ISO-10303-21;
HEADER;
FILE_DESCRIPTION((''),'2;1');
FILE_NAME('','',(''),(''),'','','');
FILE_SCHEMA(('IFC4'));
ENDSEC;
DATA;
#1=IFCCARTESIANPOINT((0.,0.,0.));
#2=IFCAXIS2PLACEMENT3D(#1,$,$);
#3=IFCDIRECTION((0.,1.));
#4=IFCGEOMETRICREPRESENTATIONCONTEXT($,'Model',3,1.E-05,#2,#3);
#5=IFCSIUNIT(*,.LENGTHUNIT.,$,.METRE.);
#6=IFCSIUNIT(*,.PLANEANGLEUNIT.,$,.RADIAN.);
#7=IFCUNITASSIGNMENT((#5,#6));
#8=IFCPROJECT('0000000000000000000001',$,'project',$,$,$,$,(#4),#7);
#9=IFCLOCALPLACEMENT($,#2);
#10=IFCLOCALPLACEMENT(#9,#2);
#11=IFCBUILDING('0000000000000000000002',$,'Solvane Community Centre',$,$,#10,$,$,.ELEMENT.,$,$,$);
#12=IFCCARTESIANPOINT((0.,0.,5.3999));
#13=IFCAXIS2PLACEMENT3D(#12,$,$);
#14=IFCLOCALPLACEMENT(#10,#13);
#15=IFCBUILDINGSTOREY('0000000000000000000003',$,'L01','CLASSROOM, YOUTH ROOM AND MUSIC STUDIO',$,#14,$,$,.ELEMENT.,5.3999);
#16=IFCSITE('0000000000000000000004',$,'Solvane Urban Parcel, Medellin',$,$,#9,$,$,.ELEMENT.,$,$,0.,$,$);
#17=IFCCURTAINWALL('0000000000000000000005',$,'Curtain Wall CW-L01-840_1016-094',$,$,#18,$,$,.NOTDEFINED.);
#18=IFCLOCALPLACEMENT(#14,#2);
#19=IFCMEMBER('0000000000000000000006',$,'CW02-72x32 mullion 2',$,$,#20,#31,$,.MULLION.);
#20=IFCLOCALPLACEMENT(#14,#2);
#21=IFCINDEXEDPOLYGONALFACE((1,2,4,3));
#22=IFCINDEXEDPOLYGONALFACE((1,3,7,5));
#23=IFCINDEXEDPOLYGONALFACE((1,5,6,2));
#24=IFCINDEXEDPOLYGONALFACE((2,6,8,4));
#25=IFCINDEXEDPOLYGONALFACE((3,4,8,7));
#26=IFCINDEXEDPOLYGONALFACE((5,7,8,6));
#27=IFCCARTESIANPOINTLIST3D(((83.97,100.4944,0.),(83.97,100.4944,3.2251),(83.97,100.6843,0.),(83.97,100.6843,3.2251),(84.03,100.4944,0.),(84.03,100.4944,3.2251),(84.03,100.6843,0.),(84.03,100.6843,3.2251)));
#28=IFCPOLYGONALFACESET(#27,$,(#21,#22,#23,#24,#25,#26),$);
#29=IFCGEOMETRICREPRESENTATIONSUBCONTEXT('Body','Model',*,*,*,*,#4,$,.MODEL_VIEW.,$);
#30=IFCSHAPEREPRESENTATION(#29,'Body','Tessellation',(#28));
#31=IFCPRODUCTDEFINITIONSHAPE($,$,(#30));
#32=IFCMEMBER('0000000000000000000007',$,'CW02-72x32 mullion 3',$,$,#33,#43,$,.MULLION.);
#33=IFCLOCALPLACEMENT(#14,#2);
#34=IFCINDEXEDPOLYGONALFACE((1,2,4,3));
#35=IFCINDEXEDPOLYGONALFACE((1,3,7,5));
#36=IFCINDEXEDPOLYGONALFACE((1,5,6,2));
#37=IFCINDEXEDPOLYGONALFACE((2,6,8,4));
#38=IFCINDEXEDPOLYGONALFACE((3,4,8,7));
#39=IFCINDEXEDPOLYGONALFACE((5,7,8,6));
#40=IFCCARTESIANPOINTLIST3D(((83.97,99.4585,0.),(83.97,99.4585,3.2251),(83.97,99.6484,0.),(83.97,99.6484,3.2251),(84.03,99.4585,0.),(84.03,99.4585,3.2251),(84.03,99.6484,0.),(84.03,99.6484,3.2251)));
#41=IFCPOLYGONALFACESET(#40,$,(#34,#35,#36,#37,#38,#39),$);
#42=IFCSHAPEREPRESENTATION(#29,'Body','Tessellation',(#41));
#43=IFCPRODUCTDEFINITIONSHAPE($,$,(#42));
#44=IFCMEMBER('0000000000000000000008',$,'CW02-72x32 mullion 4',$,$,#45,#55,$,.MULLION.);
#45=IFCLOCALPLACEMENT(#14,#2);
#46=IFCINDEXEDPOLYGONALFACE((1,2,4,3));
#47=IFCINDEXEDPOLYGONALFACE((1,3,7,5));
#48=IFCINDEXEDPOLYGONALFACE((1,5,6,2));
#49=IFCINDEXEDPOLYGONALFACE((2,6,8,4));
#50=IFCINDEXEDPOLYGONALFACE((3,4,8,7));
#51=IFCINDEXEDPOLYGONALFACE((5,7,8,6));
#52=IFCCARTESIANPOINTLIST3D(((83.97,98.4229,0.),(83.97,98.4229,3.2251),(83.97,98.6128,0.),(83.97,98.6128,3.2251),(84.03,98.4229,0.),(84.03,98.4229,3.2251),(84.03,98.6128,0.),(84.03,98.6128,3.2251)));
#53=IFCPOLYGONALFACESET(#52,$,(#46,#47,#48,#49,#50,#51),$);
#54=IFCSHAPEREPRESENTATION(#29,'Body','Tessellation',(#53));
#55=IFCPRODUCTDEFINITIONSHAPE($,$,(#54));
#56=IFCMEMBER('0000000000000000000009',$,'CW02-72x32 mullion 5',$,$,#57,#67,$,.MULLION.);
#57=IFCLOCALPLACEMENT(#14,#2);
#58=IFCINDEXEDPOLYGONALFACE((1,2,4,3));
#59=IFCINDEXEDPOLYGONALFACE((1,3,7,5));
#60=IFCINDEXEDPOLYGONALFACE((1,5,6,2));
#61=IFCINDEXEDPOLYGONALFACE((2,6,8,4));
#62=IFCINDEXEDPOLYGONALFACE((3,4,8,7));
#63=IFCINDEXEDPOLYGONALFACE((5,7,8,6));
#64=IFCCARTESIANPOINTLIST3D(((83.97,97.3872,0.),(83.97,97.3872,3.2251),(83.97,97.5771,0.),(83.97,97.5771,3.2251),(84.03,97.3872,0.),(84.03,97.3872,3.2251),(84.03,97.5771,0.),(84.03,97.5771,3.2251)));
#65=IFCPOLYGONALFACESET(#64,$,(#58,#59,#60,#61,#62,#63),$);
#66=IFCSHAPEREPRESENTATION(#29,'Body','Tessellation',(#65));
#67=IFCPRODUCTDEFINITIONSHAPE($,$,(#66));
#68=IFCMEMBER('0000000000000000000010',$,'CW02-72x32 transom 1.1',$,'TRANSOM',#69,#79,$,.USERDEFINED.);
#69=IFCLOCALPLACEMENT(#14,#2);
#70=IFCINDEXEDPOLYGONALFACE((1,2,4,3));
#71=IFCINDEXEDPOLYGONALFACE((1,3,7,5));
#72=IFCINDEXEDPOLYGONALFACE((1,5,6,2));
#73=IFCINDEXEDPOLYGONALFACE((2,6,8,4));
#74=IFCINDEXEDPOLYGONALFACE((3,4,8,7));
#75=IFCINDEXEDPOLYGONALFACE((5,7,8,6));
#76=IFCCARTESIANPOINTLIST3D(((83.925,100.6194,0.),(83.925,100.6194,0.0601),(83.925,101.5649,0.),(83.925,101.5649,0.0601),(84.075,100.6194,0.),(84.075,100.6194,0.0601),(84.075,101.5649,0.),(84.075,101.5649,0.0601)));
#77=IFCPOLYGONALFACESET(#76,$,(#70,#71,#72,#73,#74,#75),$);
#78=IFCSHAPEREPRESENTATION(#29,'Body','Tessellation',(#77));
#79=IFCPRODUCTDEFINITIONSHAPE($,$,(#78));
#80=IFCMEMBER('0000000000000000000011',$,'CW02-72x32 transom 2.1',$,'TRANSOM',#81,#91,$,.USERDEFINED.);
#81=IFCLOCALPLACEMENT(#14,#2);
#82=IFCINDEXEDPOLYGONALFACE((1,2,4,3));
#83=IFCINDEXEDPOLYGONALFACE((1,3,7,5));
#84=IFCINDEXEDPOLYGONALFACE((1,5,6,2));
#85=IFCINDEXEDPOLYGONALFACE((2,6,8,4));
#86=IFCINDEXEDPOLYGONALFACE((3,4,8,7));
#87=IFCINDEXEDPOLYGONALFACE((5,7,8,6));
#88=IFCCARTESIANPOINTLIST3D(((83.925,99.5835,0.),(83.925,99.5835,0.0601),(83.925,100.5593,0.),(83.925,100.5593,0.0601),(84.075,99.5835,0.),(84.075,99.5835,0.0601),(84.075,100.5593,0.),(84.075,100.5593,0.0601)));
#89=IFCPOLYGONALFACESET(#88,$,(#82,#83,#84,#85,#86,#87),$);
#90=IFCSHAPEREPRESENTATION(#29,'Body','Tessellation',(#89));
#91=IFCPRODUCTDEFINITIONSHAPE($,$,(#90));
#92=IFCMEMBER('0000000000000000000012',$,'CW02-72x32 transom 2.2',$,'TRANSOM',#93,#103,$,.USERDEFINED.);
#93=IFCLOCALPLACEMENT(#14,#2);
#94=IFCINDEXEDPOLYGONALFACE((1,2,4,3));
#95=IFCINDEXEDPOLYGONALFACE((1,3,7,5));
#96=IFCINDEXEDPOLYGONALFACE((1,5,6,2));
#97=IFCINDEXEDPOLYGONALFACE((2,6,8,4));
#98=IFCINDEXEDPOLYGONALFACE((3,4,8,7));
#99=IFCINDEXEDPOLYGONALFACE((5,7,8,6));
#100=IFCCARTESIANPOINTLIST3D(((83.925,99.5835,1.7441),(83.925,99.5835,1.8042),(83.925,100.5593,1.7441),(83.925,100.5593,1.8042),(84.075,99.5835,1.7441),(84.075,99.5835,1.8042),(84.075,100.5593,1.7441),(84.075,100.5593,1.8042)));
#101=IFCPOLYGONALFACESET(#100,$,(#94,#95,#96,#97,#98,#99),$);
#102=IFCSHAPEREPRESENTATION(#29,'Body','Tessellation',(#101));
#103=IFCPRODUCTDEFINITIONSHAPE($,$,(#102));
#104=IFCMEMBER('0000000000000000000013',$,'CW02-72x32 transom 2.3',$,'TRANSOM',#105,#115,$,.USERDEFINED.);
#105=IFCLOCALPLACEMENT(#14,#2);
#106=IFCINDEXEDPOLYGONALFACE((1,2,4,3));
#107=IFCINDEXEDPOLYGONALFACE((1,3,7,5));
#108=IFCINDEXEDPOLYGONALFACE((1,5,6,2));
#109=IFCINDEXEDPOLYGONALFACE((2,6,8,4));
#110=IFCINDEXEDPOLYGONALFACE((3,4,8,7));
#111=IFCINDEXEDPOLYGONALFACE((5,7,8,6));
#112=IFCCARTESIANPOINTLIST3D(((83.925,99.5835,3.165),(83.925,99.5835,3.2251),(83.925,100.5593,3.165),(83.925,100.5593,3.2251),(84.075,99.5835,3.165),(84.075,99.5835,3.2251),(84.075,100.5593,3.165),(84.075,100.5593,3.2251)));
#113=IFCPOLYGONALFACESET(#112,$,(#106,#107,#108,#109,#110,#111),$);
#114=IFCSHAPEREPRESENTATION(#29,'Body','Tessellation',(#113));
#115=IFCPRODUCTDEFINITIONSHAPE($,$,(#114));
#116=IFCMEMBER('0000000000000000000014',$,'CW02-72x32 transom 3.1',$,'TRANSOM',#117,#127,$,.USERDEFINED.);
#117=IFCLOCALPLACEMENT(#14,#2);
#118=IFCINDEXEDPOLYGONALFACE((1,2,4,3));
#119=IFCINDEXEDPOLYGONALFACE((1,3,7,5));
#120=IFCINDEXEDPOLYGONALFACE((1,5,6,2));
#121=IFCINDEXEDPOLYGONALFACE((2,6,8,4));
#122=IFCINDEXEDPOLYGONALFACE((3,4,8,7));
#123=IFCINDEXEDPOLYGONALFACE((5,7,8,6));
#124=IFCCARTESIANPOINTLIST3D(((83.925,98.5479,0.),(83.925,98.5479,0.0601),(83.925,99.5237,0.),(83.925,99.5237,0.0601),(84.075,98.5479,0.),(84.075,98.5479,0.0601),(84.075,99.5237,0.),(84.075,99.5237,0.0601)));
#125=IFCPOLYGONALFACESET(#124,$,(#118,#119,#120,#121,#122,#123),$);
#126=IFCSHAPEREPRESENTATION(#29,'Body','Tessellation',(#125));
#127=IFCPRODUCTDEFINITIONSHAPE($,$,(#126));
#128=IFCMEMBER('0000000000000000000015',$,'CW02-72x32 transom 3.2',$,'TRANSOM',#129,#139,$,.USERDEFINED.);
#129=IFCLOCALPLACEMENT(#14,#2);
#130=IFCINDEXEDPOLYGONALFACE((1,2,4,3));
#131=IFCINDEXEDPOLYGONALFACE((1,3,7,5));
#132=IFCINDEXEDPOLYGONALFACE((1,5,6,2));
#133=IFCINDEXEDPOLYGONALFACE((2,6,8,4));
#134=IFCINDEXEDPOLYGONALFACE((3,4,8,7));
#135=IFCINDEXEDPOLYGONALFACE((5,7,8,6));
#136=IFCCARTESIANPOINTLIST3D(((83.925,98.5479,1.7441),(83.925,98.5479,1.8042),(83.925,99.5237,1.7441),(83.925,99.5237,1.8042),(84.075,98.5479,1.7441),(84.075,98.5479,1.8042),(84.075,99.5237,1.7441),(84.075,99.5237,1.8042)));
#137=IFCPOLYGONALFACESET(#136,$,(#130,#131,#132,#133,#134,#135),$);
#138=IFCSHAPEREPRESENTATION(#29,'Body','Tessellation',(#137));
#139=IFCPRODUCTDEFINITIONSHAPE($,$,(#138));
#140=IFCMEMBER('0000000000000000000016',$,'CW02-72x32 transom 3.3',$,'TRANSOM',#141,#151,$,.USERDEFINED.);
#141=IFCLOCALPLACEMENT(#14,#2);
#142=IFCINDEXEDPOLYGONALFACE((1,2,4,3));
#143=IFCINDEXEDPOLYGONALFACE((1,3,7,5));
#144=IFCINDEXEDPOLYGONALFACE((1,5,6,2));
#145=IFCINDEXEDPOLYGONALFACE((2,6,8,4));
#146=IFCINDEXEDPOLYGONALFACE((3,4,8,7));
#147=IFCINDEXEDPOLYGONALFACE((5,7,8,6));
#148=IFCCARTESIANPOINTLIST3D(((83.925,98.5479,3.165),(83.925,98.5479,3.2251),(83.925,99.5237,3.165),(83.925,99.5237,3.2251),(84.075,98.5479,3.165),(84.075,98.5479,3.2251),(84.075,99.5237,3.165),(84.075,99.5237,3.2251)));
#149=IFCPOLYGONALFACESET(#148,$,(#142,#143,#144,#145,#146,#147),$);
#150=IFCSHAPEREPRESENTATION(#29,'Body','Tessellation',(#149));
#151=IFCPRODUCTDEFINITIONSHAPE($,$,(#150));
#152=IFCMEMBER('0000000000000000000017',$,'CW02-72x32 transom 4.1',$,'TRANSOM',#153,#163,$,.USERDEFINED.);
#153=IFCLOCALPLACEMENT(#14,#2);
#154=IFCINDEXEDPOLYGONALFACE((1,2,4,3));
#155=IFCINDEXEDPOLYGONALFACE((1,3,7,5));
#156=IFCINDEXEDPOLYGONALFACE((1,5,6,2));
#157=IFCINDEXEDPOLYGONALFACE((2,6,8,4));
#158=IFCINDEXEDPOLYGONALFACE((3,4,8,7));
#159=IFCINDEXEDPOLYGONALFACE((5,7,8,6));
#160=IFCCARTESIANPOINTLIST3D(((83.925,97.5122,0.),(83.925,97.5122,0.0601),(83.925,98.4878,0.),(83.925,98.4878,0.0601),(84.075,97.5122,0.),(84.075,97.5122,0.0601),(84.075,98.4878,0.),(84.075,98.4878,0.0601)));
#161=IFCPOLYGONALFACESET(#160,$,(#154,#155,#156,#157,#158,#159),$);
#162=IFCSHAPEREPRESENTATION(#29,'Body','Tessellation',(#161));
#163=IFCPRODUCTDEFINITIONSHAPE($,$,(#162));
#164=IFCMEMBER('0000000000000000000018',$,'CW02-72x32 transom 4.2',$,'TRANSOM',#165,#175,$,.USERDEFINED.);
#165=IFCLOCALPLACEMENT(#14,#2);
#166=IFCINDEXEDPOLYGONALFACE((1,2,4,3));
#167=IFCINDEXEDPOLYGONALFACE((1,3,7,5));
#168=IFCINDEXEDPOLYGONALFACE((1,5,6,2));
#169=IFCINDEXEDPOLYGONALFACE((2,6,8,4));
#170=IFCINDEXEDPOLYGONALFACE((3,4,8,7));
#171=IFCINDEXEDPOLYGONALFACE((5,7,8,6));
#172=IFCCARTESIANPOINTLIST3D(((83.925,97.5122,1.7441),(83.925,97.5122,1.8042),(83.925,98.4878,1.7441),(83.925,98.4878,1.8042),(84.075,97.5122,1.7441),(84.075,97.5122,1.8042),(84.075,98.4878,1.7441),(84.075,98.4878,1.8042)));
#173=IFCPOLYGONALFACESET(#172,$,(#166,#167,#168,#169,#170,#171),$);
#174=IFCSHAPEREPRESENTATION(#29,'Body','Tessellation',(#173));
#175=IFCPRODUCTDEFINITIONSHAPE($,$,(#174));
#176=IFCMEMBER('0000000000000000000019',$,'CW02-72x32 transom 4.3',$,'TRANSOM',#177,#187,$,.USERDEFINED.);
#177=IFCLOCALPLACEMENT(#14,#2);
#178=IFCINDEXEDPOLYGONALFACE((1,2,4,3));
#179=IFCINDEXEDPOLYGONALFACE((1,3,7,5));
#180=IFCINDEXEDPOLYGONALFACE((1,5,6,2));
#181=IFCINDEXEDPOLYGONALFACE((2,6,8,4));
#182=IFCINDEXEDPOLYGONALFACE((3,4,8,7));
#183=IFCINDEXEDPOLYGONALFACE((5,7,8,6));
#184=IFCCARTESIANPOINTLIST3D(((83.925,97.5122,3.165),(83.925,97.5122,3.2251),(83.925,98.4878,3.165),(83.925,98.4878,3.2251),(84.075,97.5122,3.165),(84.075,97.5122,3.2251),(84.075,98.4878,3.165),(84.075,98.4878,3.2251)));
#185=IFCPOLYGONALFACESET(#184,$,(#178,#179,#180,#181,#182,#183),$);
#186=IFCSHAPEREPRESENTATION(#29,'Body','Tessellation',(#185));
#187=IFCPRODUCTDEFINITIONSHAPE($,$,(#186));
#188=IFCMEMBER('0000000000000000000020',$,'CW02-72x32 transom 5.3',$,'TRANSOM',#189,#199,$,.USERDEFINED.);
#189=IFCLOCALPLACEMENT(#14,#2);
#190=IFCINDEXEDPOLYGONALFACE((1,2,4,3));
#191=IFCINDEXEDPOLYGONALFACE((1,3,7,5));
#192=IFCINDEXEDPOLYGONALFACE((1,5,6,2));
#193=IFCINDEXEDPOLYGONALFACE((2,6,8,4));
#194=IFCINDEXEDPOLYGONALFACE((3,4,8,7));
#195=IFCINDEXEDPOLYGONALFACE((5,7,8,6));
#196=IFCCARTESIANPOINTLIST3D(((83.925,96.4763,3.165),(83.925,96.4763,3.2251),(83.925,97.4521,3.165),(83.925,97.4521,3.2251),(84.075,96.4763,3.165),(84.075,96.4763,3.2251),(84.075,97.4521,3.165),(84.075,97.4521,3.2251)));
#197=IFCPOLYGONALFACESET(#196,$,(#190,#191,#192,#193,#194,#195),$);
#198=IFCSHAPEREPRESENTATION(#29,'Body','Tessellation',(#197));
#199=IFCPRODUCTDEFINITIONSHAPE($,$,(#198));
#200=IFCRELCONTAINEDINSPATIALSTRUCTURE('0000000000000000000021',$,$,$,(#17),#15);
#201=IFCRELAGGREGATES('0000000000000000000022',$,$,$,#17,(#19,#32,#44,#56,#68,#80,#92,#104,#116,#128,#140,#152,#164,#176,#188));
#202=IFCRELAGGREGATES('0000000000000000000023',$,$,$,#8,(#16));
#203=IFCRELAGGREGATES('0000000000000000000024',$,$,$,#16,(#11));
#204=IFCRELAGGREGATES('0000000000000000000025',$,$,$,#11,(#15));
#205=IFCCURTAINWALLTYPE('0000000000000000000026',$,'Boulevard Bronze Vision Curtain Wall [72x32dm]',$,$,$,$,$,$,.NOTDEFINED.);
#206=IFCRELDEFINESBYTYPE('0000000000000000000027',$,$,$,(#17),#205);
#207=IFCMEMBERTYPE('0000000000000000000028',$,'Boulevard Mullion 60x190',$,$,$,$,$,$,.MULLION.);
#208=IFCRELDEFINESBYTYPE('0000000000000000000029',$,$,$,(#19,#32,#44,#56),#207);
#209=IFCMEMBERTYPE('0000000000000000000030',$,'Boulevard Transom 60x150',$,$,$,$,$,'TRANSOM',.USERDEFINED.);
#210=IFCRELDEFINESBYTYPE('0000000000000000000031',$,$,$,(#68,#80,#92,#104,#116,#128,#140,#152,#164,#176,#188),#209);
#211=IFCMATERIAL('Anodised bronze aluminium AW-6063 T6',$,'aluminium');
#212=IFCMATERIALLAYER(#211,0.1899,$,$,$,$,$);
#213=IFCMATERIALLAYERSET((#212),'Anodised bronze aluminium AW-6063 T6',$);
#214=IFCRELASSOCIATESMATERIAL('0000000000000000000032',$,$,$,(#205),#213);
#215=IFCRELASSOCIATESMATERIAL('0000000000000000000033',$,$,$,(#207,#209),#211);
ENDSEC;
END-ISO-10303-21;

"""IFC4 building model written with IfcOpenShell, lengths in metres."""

from ifc_helpers import new_model, si_unit, direction, frame, origin, origin_2d, place, context, subcontext, project, spatial, rectangle, extrude, material, layer, layer_set, material_profile, profile_set, type_object, element, aggregate, save


model = new_model("IFC4")

# Units and contexts
model_context = context("Model", 3, precision=1e-05, world=origin(), true_north=direction((0.0, 1.0)))
body_context = subcontext(model_context, "Body", "Model", "MODEL_VIEW")
ifc_project = project(units=[si_unit("LENGTHUNIT", "METRE"), si_unit("PLANEANGLEUNIT", "RADIAN")], contexts=[model_context])

# Site, building, storey
site_placement = place(None, origin())
site = spatial("IfcSite", under=ifc_project, at=site_placement, Name="Solvane Urban Parcel, Medellin", CompositionType="ELEMENT", RefElevation=0.0)
building_placement = place(site_placement, origin())
building = spatial("IfcBuilding", under=site, at=building_placement, Name="Solvane Community Centre", CompositionType="ELEMENT")
storey_placement = place(building_placement, frame((0.0, 0.0, 5.3999)))
storey = spatial("IfcBuildingStorey", under=building, at=storey_placement, Name="L01", Description="CLASSROOM, YOUTH ROOM AND MUSIC STUDIO", CompositionType="ELEMENT", Elevation=5.3999)

# Curtain wall, members
ifc_material_1 = material(Name="Anodised bronze aluminium AW-6063 T6", Category="aluminium")
ifc_layer_1 = layer(ifc_material_1, 0.1899)
ifc_layer_set_1 = layer_set([ifc_layer_1], Name="Anodised bronze aluminium AW-6063 T6")
curtain_wall_type = type_object("IfcCurtainWallType", Name="Boulevard Bronze Vision Curtain Wall [72x32dm]", PredefinedType="NOTDEFINED", material=ifc_layer_set_1)
curtain_wall_placement = place(storey_placement, origin())
curtain_wall = element("IfcCurtainWall", 1, at=curtain_wall_placement, inside=storey, type_object=curtain_wall_type, Name="Curtain Wall CW-L01-840_1016-094", PredefinedType="NOTDEFINED")
ifc_material_profile_1 = material_profile(ifc_material_1, rectangle(XDim=0.0601, YDim=0.1899, at=origin_2d()), Name="CW-M 60x190")
ifc_profile_set_1 = profile_set([ifc_material_profile_1], Name="Anodised bronze aluminium AW-6063 T6")
member_type_1 = type_object("IfcMemberType", Name="Boulevard Mullion 60x190", PredefinedType="MULLION", material=ifc_profile_set_1)
member_1_placement = place(storey_placement, frame((84.0, 100.5894, 0.0), z_axis=(0.0, 0.0, 1.0), x_axis=(1.0, 0.0, 0.0)))
member_1 = element("IfcMember", 2, at=member_1_placement, type_object=member_type_1, Name="CW02-72x32 mullion 2", PredefinedType="MULLION", context=body_context, shape_type="SweptSolid", body=[
    extrude(rectangle(XDim=0.0601, YDim=0.1899, at=origin_2d()), origin(), (0.0, 0.0, 1.0), 3.2251),
])
member_2_placement = place(storey_placement, frame((84.0, 99.5535, 0.0), z_axis=(0.0, 0.0, 1.0), x_axis=(1.0, 0.0, 0.0)))
member_2 = element("IfcMember", 3, at=member_2_placement, type_object=member_type_1, Name="CW02-72x32 mullion 3", PredefinedType="MULLION", context=body_context, shape_type="SweptSolid", body=[
    extrude(rectangle(XDim=0.0601, YDim=0.1899, at=origin_2d()), origin(), (0.0, 0.0, 1.0), 3.2251),
])
member_3_placement = place(storey_placement, frame((84.0, 98.5178, 0.0), z_axis=(0.0, 0.0, 1.0), x_axis=(1.0, 0.0, 0.0)))
member_3 = element("IfcMember", 4, at=member_3_placement, type_object=member_type_1, Name="CW02-72x32 mullion 4", PredefinedType="MULLION", context=body_context, shape_type="SweptSolid", body=[
    extrude(rectangle(XDim=0.0601, YDim=0.1899, at=origin_2d()), origin(), (0.0, 0.0, 1.0), 3.2251),
])
member_4_placement = place(storey_placement, frame((84.0, 97.4822, 0.0), z_axis=(0.0, 0.0, 1.0), x_axis=(1.0, 0.0, 0.0)))
member_4 = element("IfcMember", 5, at=member_4_placement, type_object=member_type_1, Name="CW02-72x32 mullion 5", PredefinedType="MULLION", context=body_context, shape_type="SweptSolid", body=[
    extrude(rectangle(XDim=0.0601, YDim=0.1899, at=origin_2d()), origin(), (0.0, 0.0, 1.0), 3.2251),
])
ifc_material_profile_2 = material_profile(ifc_material_1, rectangle(XDim=0.1499, YDim=0.0601, at=origin_2d()), Name="CW-T 60x150")
ifc_profile_set_2 = profile_set([ifc_material_profile_2], Name="Anodised bronze aluminium AW-6063 T6")
member_type_2 = type_object("IfcMemberType", Name="Boulevard Transom 60x150", ElementType="TRANSOM", PredefinedType="USERDEFINED", material=ifc_profile_set_2)
member_5_placement = place(storey_placement, frame((84.0, 101.5649, 0.03), z_axis=(0.0, -1.0, 0.0), x_axis=(1.0, 0.0, 0.0)))
member_5 = element("IfcMember", 6, at=member_5_placement, type_object=member_type_2, Name="CW02-72x32 transom 1.1", ObjectType="TRANSOM", PredefinedType="USERDEFINED", context=body_context, shape_type="SweptSolid", body=[
    extrude(rectangle(XDim=0.1499, YDim=0.0601, at=origin_2d()), origin(), (0.0, 0.0, 1.0), 0.9456),
])
member_6_placement = place(storey_placement, frame((84.0, 100.5593, 0.03), z_axis=(0.0, -1.0, 0.0), x_axis=(1.0, 0.0, 0.0)))
member_6 = element("IfcMember", 7, at=member_6_placement, type_object=member_type_2, Name="CW02-72x32 transom 2.1", ObjectType="TRANSOM", PredefinedType="USERDEFINED", context=body_context, shape_type="SweptSolid", body=[
    extrude(rectangle(XDim=0.1499, YDim=0.0601, at=origin_2d()), origin(), (0.0, 0.0, 1.0), 0.9758),
])
member_7_placement = place(storey_placement, frame((84.0, 100.5593, 1.7742), z_axis=(0.0, -1.0, 0.0), x_axis=(1.0, 0.0, 0.0)))
member_7 = element("IfcMember", 8, at=member_7_placement, type_object=member_type_2, Name="CW02-72x32 transom 2.2", ObjectType="TRANSOM", PredefinedType="USERDEFINED", context=body_context, shape_type="SweptSolid", body=[
    extrude(rectangle(XDim=0.1499, YDim=0.0601, at=origin_2d()), origin(), (0.0, 0.0, 1.0), 0.9758),
])
member_8_placement = place(storey_placement, frame((84.0, 100.5593, 3.1951), z_axis=(0.0, -1.0, 0.0), x_axis=(1.0, 0.0, 0.0)))
member_8 = element("IfcMember", 9, at=member_8_placement, type_object=member_type_2, Name="CW02-72x32 transom 2.3", ObjectType="TRANSOM", PredefinedType="USERDEFINED", context=body_context, shape_type="SweptSolid", body=[
    extrude(rectangle(XDim=0.1499, YDim=0.0601, at=origin_2d()), origin(), (0.0, 0.0, 1.0), 0.9758),
])
member_9_placement = place(storey_placement, frame((84.0, 99.5237, 0.03), z_axis=(0.0, -1.0, 0.0), x_axis=(1.0, 0.0, 0.0)))
member_9 = element("IfcMember", 10, at=member_9_placement, type_object=member_type_2, Name="CW02-72x32 transom 3.1", ObjectType="TRANSOM", PredefinedType="USERDEFINED", context=body_context, shape_type="SweptSolid", body=[
    extrude(rectangle(XDim=0.1499, YDim=0.0601, at=origin_2d()), origin(), (0.0, 0.0, 1.0), 0.9758),
])
member_10_placement = place(storey_placement, frame((84.0, 99.5237, 1.7742), z_axis=(0.0, -1.0, 0.0), x_axis=(1.0, 0.0, 0.0)))
member_10 = element("IfcMember", 11, at=member_10_placement, type_object=member_type_2, Name="CW02-72x32 transom 3.2", ObjectType="TRANSOM", PredefinedType="USERDEFINED", context=body_context, shape_type="SweptSolid", body=[
    extrude(rectangle(XDim=0.1499, YDim=0.0601, at=origin_2d()), origin(), (0.0, 0.0, 1.0), 0.9758),
])
member_11_placement = place(storey_placement, frame((84.0, 99.5237, 3.1951), z_axis=(0.0, -1.0, 0.0), x_axis=(1.0, 0.0, 0.0)))
member_11 = element("IfcMember", 12, at=member_11_placement, type_object=member_type_2, Name="CW02-72x32 transom 3.3", ObjectType="TRANSOM", PredefinedType="USERDEFINED", context=body_context, shape_type="SweptSolid", body=[
    extrude(rectangle(XDim=0.1499, YDim=0.0601, at=origin_2d()), origin(), (0.0, 0.0, 1.0), 0.9758),
])
member_12_placement = place(storey_placement, frame((84.0, 98.4878, 0.03), z_axis=(0.0, -1.0, 0.0), x_axis=(1.0, 0.0, 0.0)))
member_12 = element("IfcMember", 13, at=member_12_placement, type_object=member_type_2, Name="CW02-72x32 transom 4.1", ObjectType="TRANSOM", PredefinedType="USERDEFINED", context=body_context, shape_type="SweptSolid", body=[
    extrude(rectangle(XDim=0.1499, YDim=0.0601, at=origin_2d()), origin(), (0.0, 0.0, 1.0), 0.9756),
])
member_13_placement = place(storey_placement, frame((84.0, 98.4878, 1.7742), z_axis=(0.0, -1.0, 0.0), x_axis=(1.0, 0.0, 0.0)))
member_13 = element("IfcMember", 14, at=member_13_placement, type_object=member_type_2, Name="CW02-72x32 transom 4.2", ObjectType="TRANSOM", PredefinedType="USERDEFINED", context=body_context, shape_type="SweptSolid", body=[
    extrude(rectangle(XDim=0.1499, YDim=0.0601, at=origin_2d()), origin(), (0.0, 0.0, 1.0), 0.9756),
])
member_14_placement = place(storey_placement, frame((84.0, 98.4878, 3.1951), z_axis=(0.0, -1.0, 0.0), x_axis=(1.0, 0.0, 0.0)))
member_14 = element("IfcMember", 15, at=member_14_placement, type_object=member_type_2, Name="CW02-72x32 transom 4.3", ObjectType="TRANSOM", PredefinedType="USERDEFINED", context=body_context, shape_type="SweptSolid", body=[
    extrude(rectangle(XDim=0.1499, YDim=0.0601, at=origin_2d()), origin(), (0.0, 0.0, 1.0), 0.9756),
])
member_15_placement = place(storey_placement, frame((84.0, 97.4521, 3.1951), z_axis=(0.0, -1.0, 0.0), x_axis=(1.0, 0.0, 0.0)))
member_15 = element("IfcMember", 16, at=member_15_placement, type_object=member_type_2, Name="CW02-72x32 transom 5.3", ObjectType="TRANSOM", PredefinedType="USERDEFINED", context=body_context, shape_type="SweptSolid", body=[
    extrude(rectangle(XDim=0.1499, YDim=0.0601, at=origin_2d()), origin(), (0.0, 0.0, 1.0), 0.9758),
])

aggregate(curtain_wall, [member_1, member_2, member_3, member_4, member_5, member_6, member_7, member_8, member_9, member_10, member_11, member_12, member_13, member_14, member_15])

save(model, "model.ifc")
